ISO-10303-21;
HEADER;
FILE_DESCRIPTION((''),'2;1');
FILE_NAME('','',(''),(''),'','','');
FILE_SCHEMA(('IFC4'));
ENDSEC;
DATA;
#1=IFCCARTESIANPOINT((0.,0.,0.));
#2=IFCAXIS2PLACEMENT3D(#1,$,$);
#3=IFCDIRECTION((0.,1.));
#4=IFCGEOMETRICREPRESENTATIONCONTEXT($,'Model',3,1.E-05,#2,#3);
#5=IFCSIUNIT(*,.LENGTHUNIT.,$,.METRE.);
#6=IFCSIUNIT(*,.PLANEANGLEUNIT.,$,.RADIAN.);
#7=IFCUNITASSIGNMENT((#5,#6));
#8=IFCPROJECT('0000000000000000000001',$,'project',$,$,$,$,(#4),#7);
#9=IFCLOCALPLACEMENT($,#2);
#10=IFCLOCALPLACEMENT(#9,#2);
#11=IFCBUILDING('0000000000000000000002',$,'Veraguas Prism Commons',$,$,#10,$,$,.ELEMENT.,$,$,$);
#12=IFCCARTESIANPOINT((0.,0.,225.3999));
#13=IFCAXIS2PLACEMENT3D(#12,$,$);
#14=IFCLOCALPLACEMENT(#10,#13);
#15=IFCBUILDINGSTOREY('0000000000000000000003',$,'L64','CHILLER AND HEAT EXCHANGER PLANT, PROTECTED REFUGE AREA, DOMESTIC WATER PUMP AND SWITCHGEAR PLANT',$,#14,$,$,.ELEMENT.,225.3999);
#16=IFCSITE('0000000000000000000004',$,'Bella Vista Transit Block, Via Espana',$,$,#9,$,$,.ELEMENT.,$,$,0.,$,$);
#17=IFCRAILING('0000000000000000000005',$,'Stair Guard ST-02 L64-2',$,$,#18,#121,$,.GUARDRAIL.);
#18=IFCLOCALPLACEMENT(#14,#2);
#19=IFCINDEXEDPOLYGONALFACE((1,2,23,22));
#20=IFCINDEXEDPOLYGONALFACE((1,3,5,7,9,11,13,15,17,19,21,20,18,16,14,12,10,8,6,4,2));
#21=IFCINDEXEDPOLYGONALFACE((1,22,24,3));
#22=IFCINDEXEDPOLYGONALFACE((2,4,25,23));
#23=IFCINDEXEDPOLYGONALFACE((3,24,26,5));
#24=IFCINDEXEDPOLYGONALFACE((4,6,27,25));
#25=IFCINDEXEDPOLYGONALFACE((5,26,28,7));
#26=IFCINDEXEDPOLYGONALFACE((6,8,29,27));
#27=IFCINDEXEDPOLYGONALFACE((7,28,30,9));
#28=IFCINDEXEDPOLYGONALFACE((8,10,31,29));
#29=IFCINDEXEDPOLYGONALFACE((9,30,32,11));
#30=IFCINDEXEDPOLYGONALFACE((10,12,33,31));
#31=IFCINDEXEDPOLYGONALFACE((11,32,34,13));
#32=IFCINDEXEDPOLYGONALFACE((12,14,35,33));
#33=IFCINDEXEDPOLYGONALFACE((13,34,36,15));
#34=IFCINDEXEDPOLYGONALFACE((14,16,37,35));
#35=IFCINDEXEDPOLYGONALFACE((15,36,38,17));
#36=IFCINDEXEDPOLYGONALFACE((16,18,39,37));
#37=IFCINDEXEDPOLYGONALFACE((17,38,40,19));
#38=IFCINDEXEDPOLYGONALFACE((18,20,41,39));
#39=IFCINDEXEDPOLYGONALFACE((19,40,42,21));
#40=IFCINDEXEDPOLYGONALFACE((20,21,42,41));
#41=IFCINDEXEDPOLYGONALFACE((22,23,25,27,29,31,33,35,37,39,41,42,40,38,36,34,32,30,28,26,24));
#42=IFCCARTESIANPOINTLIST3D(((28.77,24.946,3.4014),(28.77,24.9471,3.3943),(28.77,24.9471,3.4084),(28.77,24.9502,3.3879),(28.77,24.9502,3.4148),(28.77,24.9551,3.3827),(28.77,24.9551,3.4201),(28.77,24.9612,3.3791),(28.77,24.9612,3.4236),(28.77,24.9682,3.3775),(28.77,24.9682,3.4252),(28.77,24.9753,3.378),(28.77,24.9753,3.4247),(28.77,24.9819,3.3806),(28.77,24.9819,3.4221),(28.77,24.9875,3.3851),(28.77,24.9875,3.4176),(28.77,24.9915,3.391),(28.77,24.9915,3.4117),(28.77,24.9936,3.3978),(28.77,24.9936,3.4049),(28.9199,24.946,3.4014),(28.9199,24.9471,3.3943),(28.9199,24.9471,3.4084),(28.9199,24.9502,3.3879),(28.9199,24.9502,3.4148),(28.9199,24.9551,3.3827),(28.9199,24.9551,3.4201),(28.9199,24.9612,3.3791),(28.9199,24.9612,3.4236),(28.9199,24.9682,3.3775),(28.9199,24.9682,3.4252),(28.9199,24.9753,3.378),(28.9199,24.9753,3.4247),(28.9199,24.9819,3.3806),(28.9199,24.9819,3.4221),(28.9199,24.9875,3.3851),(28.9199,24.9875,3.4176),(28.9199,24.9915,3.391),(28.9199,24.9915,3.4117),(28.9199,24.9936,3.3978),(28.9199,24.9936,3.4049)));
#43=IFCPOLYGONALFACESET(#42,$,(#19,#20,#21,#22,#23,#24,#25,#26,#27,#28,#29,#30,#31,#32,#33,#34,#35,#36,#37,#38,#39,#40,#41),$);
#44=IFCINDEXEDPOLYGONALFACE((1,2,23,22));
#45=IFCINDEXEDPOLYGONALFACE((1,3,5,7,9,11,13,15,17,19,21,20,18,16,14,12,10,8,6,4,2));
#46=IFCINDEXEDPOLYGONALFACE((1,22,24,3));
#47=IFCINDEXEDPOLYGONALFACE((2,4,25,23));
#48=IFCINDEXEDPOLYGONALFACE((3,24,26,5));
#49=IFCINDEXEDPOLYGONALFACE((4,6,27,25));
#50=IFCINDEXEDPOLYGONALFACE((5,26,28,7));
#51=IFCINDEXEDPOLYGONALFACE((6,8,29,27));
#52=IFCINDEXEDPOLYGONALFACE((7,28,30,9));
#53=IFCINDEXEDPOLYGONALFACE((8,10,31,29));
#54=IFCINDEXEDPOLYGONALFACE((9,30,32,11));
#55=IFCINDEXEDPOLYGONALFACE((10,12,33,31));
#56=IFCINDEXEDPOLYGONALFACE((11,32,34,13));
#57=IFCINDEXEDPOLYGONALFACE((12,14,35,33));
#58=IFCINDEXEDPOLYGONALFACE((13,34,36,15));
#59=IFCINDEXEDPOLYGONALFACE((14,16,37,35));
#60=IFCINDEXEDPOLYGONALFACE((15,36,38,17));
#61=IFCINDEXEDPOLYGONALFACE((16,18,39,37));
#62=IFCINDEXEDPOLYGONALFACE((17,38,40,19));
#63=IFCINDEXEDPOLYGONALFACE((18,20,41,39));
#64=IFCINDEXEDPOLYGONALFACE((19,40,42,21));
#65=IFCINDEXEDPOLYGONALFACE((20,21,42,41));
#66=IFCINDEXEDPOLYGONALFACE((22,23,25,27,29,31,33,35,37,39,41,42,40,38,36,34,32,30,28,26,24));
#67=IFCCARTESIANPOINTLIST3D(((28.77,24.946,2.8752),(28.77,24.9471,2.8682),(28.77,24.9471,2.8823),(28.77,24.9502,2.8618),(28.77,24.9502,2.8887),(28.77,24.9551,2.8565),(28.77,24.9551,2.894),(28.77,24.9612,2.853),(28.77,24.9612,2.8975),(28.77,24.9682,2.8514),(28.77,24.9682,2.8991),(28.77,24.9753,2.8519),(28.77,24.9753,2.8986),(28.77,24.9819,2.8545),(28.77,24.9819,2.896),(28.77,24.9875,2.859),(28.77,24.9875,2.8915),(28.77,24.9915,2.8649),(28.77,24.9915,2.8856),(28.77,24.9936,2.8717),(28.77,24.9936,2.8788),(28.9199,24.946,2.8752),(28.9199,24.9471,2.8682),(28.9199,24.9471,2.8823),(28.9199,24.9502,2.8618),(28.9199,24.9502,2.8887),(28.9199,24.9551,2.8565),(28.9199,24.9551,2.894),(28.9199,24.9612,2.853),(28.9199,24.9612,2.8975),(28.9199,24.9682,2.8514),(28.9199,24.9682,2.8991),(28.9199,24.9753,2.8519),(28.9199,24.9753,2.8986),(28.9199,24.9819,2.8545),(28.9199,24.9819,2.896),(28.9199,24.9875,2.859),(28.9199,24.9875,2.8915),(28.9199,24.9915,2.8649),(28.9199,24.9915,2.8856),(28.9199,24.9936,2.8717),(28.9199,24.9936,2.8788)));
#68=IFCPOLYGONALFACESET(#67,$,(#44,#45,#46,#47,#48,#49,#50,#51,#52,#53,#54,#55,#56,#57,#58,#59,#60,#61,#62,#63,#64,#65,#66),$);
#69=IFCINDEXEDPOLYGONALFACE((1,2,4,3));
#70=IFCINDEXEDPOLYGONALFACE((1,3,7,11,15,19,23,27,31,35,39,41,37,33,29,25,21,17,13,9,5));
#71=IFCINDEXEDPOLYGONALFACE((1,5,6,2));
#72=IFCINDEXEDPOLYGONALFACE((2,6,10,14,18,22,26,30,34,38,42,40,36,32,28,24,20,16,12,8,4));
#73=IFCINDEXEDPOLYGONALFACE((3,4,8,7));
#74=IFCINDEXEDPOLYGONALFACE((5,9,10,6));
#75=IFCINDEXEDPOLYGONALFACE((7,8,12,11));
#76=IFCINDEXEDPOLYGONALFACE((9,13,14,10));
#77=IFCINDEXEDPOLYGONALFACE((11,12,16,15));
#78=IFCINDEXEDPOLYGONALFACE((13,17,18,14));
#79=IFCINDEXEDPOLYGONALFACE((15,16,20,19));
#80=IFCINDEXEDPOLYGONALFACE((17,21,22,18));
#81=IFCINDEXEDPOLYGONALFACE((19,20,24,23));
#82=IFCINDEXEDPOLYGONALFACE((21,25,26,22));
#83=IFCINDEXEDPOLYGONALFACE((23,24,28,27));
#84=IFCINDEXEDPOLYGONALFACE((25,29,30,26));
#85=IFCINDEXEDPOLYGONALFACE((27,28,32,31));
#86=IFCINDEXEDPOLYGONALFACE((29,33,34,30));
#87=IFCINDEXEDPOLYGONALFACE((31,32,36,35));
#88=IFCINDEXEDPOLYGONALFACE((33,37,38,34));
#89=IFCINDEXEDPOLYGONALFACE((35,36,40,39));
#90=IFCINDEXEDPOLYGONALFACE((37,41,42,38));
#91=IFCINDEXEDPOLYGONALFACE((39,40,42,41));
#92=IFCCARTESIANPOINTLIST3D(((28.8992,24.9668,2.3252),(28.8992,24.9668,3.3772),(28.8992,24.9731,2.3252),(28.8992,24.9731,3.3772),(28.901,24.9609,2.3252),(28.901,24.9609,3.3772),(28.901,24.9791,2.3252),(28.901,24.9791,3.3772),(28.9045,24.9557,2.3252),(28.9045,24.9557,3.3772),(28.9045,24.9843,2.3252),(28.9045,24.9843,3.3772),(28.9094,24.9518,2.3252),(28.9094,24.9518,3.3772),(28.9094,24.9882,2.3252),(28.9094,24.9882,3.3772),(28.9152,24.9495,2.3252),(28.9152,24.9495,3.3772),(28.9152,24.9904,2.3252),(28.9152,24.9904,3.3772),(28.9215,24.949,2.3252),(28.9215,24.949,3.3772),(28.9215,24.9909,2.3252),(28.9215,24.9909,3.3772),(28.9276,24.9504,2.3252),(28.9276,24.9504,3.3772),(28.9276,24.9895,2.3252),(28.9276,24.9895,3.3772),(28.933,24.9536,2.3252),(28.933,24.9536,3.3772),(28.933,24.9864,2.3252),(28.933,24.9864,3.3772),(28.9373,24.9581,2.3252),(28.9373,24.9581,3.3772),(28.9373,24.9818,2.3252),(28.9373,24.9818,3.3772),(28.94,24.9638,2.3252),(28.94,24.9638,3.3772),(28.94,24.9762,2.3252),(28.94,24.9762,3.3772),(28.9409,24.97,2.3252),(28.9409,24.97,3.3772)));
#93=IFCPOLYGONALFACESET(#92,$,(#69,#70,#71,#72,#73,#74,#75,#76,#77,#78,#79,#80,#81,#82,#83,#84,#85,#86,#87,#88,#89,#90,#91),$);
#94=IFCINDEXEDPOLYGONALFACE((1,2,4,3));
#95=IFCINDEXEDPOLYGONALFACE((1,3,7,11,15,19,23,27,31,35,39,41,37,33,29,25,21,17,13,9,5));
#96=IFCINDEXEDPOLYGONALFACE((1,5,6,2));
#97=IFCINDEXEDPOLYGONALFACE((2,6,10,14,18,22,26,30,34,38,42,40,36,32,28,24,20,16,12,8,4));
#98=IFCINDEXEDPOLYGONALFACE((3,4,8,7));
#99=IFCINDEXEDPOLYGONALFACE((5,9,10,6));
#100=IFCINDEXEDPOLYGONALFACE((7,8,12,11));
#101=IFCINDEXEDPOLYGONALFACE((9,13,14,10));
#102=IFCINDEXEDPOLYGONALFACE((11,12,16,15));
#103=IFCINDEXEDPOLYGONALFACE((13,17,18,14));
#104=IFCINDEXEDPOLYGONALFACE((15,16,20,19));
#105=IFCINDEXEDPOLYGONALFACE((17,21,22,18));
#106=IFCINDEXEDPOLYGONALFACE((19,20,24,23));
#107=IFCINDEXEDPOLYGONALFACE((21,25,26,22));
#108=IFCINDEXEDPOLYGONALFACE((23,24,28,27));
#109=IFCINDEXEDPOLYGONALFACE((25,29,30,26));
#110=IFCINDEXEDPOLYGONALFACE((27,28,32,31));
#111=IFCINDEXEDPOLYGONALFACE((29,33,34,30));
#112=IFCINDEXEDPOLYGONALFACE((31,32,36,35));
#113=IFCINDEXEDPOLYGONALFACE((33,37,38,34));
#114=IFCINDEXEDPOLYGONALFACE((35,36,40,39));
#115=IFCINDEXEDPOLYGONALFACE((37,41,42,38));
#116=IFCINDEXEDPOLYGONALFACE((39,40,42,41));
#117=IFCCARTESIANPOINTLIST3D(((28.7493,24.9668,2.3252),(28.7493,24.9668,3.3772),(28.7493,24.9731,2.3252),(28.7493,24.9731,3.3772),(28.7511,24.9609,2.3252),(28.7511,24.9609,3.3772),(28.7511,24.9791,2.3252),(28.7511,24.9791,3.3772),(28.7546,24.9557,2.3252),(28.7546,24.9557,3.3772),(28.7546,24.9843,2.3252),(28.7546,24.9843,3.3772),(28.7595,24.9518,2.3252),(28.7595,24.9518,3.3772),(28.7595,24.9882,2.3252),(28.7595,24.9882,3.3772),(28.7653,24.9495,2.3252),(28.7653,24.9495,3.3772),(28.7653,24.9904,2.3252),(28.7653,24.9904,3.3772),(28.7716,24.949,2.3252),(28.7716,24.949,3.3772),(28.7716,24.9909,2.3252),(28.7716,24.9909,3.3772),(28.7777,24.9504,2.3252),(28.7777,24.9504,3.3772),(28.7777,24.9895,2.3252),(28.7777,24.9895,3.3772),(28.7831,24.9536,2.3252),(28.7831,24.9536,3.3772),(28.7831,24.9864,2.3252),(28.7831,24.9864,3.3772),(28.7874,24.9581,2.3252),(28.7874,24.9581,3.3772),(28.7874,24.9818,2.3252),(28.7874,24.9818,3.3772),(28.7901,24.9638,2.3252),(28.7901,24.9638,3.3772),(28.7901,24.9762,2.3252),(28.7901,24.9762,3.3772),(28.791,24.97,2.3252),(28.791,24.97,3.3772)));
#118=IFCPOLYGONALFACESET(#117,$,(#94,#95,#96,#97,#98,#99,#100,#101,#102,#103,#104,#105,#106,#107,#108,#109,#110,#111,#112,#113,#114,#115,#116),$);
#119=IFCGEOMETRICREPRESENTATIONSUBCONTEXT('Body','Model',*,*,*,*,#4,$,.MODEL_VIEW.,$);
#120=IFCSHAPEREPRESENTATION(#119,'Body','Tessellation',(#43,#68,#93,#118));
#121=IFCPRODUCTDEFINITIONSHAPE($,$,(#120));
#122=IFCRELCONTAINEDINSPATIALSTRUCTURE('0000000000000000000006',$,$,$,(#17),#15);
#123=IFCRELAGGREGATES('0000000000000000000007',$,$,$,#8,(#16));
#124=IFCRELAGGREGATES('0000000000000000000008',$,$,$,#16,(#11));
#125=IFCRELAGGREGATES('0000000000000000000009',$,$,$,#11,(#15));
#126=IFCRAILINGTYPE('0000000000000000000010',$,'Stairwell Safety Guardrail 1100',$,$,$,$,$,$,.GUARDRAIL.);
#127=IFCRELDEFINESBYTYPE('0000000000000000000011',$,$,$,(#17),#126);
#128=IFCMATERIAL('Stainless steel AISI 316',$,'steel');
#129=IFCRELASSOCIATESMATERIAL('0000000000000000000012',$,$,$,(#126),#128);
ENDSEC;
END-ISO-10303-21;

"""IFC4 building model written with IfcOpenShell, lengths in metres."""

from ifc_helpers import new_model, si_unit, direction, frame, origin, origin_2d, place, context, subcontext, project, spatial, circle, extrude, material, type_object, element, save


model = new_model("IFC4")

# Units and contexts
model_context = context("Model", 3, precision=1e-05, world=origin(), true_north=direction((0.0, 1.0)))
body_context = subcontext(model_context, "Body", "Model", "MODEL_VIEW")
ifc_project = project(units=[si_unit("LENGTHUNIT", "METRE"), si_unit("PLANEANGLEUNIT", "RADIAN")], contexts=[model_context])

# Site, building, storey
site_placement = place(None, origin())
site = spatial("IfcSite", under=ifc_project, at=site_placement, Name="Bella Vista Transit Block, Via Espana", CompositionType="ELEMENT", RefElevation=0.0)
building_placement = place(site_placement, origin())
building = spatial("IfcBuilding", under=site, at=building_placement, Name="Veraguas Prism Commons", CompositionType="ELEMENT")
storey_placement = place(building_placement, frame((0.0, 0.0, 225.3999)))
storey = spatial("IfcBuildingStorey", under=building, at=storey_placement, Name="L64", Description="CHILLER AND HEAT EXCHANGER PLANT, PROTECTED REFUGE AREA, DOMESTIC WATER PUMP AND SWITCHGEAR PLANT", CompositionType="ELEMENT", Elevation=225.3999)

# Railing
ifc_material_1 = material(Name="Stainless steel AISI 316", Category="steel")
railing_type_1 = type_object("IfcRailingType", Name="Stairwell Safety Guardrail 1100", PredefinedType="GUARDRAIL", material=ifc_material_1)
railing_1_placement = place(storey_placement, frame((28.9199, 24.97, 2.3252)))
element("IfcRailing", 1, at=railing_1_placement, inside=storey, type_object=railing_type_1, Name="Stair Guard ST-02 L64-2", PredefinedType="GUARDRAIL", context=body_context, shape_type="SweptSolid", body=[
    extrude(circle(Radius=0.0239, at=origin_2d()), frame((0.0, 0.0, 1.0762), z_axis=(-1.0, 0.0, 0.0), x_axis=(0.0, -1.0, 0.0)), (0.0, 0.0, 1.0), 0.1499),
    extrude(circle(Radius=0.0239, at=origin_2d()), frame((0.0, 0.0, 0.55), z_axis=(-1.0, 0.0, 0.0), x_axis=(0.0, -1.0, 0.0)), (0.0, 0.0, 1.0), 0.1499),
    extrude(circle(Radius=0.021, at=origin_2d()), origin(), (0.0, 0.0, 1.0), 1.052),
    extrude(circle(Radius=0.021, at=origin_2d()), frame((-0.1499, 0.0, 0.0)), (0.0, 0.0, 1.0), 1.052),
])

save(model, "model.ifc")
